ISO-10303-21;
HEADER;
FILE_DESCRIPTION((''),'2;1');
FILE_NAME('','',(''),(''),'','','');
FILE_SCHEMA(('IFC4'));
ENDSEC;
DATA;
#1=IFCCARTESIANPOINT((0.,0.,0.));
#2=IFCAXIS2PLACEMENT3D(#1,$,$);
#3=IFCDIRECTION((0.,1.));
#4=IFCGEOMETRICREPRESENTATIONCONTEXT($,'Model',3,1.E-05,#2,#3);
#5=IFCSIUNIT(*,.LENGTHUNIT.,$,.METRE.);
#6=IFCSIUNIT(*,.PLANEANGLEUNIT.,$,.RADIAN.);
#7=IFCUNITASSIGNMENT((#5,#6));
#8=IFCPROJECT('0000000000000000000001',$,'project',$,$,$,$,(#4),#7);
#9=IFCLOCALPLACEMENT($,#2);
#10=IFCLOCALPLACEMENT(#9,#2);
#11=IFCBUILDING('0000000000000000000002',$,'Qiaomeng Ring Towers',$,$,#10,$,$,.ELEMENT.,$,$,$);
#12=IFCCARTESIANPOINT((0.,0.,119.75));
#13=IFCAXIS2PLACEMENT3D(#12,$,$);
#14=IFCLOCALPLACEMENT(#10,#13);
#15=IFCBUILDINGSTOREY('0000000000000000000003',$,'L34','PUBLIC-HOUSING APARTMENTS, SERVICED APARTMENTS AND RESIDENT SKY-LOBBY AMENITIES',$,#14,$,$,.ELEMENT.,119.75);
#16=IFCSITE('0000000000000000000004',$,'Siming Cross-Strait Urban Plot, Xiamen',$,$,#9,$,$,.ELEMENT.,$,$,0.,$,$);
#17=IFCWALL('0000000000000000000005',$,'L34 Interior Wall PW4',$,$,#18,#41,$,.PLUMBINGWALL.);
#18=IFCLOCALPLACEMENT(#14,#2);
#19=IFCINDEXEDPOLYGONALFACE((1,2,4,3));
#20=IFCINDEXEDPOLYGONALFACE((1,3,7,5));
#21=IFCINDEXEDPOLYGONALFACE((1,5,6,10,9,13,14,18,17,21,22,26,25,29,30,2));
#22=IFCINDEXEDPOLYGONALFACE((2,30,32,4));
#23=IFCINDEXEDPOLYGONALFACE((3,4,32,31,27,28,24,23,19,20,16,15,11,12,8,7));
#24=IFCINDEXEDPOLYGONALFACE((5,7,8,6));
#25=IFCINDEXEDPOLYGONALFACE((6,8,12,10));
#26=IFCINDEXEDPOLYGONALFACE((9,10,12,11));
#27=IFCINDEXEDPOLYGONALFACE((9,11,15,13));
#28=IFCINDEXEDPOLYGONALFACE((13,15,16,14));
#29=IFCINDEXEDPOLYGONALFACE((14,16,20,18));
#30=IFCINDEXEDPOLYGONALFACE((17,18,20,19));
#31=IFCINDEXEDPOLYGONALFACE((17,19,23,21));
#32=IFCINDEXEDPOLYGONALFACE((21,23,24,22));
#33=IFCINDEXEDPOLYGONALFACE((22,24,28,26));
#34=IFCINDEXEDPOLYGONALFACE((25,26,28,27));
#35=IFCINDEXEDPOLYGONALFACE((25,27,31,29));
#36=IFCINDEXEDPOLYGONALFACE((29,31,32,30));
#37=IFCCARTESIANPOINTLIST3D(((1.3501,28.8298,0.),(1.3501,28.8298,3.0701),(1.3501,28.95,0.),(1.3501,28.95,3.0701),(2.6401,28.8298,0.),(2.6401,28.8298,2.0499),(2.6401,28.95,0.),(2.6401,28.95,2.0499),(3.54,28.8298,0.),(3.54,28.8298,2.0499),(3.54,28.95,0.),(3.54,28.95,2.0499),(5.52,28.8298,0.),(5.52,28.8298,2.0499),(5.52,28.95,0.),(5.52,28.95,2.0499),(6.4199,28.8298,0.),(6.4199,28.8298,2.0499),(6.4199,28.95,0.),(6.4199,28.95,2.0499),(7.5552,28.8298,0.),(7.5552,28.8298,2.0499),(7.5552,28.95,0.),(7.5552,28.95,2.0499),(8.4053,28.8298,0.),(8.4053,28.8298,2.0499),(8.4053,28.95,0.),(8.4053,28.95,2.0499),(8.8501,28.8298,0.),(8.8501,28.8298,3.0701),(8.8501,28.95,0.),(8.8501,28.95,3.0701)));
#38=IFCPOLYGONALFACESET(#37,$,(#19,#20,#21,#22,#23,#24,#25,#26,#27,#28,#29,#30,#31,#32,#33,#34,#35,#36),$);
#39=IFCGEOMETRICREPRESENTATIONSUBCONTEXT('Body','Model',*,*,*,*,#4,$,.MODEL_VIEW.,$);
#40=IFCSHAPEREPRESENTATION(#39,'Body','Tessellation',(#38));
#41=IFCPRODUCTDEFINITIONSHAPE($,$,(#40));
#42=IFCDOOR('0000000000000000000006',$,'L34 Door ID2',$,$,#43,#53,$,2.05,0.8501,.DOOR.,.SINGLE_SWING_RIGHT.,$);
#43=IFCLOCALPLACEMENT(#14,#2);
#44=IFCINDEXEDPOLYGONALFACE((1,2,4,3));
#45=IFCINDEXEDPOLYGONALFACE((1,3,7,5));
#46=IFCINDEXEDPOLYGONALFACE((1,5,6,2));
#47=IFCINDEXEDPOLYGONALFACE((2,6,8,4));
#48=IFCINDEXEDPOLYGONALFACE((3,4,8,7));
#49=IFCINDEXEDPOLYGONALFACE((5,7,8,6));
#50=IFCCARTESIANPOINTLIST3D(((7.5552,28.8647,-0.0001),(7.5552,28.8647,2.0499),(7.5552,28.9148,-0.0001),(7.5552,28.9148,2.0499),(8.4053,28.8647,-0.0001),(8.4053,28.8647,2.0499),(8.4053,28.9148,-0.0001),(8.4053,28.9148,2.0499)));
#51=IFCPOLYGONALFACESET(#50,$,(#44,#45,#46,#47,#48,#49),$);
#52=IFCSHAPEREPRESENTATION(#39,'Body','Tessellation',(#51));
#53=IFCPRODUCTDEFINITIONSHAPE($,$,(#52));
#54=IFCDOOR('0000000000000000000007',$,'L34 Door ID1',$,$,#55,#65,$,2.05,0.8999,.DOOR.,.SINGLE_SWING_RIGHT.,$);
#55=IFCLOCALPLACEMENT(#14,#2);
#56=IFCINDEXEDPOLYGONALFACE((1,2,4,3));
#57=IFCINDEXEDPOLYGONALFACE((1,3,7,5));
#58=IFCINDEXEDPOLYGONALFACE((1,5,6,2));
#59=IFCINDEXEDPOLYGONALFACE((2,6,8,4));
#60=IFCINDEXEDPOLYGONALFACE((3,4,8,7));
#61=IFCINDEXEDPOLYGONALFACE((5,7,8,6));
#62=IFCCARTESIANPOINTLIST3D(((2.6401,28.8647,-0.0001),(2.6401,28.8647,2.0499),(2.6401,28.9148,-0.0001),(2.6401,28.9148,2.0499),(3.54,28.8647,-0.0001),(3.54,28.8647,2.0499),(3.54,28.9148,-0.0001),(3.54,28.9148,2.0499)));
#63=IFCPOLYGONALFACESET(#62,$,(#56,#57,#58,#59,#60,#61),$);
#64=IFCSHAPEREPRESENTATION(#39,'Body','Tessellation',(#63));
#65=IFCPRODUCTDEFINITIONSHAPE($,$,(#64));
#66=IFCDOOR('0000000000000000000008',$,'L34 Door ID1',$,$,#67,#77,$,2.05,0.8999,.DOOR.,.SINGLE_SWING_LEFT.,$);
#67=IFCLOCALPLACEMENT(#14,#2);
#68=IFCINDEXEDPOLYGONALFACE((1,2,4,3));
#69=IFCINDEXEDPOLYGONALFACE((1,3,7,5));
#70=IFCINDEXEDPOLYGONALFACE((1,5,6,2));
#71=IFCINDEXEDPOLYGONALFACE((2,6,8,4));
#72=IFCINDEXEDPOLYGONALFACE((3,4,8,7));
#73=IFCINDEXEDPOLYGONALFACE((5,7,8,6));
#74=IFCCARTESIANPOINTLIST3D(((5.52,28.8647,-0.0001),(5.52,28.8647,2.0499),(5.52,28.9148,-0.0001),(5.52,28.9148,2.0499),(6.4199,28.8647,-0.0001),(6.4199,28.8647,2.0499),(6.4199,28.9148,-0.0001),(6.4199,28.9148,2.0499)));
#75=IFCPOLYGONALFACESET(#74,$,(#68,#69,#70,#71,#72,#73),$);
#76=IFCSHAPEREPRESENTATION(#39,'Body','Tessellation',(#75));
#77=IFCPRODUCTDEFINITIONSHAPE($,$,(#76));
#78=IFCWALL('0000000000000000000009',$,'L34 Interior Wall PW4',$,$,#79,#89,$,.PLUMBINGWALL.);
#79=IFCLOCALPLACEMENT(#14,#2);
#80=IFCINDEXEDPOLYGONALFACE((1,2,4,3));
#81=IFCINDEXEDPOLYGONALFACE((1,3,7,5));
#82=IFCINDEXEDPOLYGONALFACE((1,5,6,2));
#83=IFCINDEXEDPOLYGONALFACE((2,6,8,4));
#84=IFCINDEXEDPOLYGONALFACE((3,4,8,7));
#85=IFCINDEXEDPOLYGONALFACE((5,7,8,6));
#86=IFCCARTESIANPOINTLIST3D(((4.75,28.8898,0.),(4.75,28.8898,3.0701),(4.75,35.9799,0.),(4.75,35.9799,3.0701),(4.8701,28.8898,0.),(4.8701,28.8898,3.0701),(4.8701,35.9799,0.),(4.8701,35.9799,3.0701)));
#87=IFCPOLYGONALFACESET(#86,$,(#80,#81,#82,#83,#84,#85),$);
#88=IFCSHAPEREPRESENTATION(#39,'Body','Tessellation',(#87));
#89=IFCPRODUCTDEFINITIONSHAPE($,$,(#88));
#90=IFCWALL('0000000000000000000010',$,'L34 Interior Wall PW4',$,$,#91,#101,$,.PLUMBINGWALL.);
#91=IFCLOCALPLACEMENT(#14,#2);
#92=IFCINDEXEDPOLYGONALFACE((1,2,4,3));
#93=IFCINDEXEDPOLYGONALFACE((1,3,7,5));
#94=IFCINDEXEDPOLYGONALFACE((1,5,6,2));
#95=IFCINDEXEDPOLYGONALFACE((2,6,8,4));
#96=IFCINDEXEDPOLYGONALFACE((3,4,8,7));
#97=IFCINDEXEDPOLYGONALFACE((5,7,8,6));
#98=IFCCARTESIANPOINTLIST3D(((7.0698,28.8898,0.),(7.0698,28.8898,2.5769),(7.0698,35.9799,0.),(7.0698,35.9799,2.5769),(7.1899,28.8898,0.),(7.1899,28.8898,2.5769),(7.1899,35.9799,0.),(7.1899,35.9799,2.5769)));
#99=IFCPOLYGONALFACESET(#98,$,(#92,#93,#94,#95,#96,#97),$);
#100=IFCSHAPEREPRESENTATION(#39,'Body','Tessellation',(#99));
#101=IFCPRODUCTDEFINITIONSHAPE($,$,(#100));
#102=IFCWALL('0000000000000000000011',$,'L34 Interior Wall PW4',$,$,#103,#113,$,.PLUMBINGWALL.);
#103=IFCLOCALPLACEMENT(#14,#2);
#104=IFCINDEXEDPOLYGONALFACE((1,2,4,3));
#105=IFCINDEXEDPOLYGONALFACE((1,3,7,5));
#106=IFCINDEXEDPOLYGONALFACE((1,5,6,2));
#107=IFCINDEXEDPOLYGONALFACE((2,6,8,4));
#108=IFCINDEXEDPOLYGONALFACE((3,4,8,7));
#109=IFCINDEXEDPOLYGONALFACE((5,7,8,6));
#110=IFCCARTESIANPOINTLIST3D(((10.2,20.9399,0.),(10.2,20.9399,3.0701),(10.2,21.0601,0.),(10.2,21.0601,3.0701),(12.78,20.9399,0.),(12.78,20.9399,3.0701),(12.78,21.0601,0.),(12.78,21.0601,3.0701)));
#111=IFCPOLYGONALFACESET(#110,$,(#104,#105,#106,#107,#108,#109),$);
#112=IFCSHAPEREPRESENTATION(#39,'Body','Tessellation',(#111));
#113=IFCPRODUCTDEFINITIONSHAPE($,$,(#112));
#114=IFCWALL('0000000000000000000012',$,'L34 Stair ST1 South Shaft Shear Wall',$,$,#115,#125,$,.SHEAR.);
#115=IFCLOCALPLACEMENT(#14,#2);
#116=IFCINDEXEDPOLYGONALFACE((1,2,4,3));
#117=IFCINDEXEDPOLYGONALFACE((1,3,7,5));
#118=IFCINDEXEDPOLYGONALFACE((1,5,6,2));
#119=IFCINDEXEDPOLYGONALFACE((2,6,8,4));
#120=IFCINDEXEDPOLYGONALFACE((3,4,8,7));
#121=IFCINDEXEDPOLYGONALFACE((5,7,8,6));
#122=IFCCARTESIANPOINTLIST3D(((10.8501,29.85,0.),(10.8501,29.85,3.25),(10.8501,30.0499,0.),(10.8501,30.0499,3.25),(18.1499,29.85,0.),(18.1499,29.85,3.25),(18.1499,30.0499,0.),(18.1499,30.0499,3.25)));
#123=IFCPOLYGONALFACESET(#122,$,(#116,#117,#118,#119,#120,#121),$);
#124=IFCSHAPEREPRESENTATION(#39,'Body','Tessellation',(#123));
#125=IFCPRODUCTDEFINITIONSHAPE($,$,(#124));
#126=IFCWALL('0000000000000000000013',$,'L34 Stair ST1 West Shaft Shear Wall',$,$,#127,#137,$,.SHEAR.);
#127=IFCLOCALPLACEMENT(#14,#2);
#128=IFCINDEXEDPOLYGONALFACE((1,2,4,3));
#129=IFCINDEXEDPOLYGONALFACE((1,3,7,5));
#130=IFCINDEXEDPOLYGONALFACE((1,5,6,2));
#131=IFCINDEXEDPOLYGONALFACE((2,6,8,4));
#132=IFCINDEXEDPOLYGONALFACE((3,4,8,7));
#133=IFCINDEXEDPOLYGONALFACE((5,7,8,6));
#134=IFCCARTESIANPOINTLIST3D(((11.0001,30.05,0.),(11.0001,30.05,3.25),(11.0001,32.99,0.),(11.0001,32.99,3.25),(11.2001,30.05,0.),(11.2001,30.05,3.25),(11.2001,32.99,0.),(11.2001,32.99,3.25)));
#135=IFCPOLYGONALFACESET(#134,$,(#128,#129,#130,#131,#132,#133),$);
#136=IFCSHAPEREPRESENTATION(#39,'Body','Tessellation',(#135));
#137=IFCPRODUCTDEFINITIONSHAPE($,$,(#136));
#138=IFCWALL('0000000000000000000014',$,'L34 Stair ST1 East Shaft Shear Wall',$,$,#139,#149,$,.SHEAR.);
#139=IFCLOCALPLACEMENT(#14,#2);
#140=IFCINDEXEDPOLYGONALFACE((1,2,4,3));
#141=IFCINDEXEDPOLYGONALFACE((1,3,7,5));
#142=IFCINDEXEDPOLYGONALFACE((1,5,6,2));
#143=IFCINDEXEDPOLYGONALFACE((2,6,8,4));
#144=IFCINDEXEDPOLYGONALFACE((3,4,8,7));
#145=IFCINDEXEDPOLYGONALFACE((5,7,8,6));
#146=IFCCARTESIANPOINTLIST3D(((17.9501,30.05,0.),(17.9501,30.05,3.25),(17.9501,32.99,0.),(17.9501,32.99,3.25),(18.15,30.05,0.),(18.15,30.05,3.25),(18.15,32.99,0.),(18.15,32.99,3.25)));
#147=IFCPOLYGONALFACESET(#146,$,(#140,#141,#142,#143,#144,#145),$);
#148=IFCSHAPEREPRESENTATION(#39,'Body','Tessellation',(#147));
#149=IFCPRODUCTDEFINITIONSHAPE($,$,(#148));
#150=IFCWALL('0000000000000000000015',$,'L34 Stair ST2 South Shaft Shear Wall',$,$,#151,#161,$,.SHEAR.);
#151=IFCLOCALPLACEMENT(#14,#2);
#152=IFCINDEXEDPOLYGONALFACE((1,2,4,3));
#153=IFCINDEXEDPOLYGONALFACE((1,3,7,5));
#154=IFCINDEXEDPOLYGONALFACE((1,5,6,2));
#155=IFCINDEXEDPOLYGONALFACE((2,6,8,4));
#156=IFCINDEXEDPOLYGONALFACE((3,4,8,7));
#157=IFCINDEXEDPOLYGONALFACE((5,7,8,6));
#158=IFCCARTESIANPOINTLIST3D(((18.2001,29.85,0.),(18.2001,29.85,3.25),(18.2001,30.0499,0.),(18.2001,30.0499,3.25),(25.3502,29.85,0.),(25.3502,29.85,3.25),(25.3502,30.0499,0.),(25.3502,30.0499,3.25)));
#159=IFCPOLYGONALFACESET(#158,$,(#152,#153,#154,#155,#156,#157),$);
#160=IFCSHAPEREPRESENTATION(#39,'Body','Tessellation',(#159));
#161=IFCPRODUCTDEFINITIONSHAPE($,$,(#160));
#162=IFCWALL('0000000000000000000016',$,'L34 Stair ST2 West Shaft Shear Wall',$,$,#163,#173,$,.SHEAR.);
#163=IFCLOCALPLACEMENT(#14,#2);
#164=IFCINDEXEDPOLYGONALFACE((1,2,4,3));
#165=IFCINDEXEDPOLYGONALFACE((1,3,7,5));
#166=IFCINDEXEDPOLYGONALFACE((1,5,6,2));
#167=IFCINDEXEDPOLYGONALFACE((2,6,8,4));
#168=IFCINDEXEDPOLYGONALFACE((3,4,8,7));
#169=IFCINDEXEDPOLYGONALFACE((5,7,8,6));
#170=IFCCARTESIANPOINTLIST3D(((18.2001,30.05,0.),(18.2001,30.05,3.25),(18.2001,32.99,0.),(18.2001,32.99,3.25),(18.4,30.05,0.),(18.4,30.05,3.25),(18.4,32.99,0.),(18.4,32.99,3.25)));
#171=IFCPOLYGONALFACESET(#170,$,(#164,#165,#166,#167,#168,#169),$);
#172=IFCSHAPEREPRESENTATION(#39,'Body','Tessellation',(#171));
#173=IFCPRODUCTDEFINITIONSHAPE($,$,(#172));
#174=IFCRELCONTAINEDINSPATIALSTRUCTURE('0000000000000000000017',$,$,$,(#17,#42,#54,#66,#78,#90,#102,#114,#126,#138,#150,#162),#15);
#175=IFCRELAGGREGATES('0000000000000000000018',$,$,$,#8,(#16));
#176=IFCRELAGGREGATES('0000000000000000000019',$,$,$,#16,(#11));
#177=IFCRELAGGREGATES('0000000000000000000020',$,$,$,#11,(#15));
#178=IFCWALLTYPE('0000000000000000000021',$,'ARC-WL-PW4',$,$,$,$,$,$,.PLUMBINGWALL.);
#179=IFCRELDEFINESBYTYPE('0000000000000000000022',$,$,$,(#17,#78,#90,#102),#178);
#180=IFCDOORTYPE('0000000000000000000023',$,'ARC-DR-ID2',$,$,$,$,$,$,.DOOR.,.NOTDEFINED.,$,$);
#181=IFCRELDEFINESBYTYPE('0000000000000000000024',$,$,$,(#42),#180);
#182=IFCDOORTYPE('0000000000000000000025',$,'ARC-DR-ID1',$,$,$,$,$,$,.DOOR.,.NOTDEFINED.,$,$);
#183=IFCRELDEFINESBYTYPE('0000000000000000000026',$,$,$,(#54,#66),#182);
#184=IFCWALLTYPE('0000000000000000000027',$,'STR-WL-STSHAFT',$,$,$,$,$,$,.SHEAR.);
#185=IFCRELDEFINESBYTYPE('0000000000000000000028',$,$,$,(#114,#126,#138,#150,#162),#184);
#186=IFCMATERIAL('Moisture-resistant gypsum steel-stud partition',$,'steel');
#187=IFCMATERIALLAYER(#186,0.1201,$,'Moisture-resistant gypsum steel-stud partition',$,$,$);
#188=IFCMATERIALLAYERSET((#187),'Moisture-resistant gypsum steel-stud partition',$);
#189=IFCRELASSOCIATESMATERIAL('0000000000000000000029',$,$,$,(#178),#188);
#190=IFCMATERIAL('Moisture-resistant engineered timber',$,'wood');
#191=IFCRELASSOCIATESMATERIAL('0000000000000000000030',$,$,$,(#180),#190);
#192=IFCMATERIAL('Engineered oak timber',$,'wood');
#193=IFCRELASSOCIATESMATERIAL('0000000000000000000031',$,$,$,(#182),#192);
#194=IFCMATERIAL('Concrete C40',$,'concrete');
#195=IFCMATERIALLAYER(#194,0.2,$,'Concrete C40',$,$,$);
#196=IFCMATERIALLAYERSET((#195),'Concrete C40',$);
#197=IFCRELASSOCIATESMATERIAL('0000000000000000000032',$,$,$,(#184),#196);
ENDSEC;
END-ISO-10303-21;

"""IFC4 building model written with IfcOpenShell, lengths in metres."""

from ifc_helpers import new_model, si_unit, direction, frame, frame_2d, origin, place, context, subcontext, project, spatial, rectangle, extrude, source, transform, mapped, material, layer, layer_set, type_object, element, fill, save


model = new_model("IFC4")

# Units and contexts
model_context = context("Model", 3, precision=1e-05, world=origin(), true_north=direction((0.0, 1.0)))
body_context = subcontext(model_context, "Body", "Model", "MODEL_VIEW")
ifc_project = project(units=[si_unit("LENGTHUNIT", "METRE"), si_unit("PLANEANGLEUNIT", "RADIAN")], contexts=[model_context])

# Site, building, storey
site_placement = place(None, origin())
site = spatial("IfcSite", under=ifc_project, at=site_placement, Name="Siming Cross-Strait Urban Plot, Xiamen", CompositionType="ELEMENT", RefElevation=0.0)
building_placement = place(site_placement, origin())
building = spatial("IfcBuilding", under=site, at=building_placement, Name="Qiaomeng Ring Towers", CompositionType="ELEMENT")
storey_placement = place(building_placement, frame((0.0, 0.0, 119.75)))
storey = spatial("IfcBuildingStorey", under=building, at=storey_placement, Name="L34", Description="PUBLIC-HOUSING APARTMENTS, SERVICED APARTMENTS AND RESIDENT SKY-LOBBY AMENITIES", CompositionType="ELEMENT", Elevation=119.75)

# Wall, openings, doors
ifc_material_1 = material(Name="Moisture-resistant gypsum steel-stud partition", Category="steel")
ifc_layer_1 = layer(ifc_material_1, 0.1201, Name="Moisture-resistant gypsum steel-stud partition")
ifc_layer_set_1 = layer_set([ifc_layer_1], Name="Moisture-resistant gypsum steel-stud partition")
wall_type_1 = type_object("IfcWallType", Name="ARC-WL-PW4", PredefinedType="PLUMBINGWALL", material=ifc_layer_set_1)
wall_1_placement = place(storey_placement, frame((1.3501, 28.8899, 0.0), z_axis=(0.0, 0.0, 1.0), x_axis=(1.0, 0.0, 0.0)))
wall_1 = element("IfcWall", 1, at=wall_1_placement, inside=storey, type_object=wall_type_1, Name="L34 Interior Wall PW4", PredefinedType="PLUMBINGWALL", context=body_context, shape_type="SweptSolid", body=[
    extrude(rectangle(XDim=7.5, YDim=0.1201, at=frame_2d((3.75, 0.0))), origin(), (0.0, 0.0, 1.0), 3.0701),
])
opening_1_placement = place(wall_1_placement, frame((1.29, 0.0, 0.0)))
opening_1 = element("IfcOpeningElement", 2, at=opening_1_placement, cuts=wall_1, PredefinedType="OPENING", context=body_context, shape_type="SweptSolid", body=[
    extrude(rectangle(XDim=0.8999, YDim=2.05, at=frame_2d((0.45, 1.0249))), frame((0.0, 0.0701, 0.0), z_axis=(0.0, -1.0, 0.0), x_axis=(1.0, 0.0, 0.0)), (0.0, 0.0, 1.0), 0.1401),
])
opening_2_placement = place(wall_1_placement, frame((4.1699, 0.0, 0.0)))
opening_2 = element("IfcOpeningElement", 3, at=opening_2_placement, cuts=wall_1, PredefinedType="OPENING", context=body_context, shape_type="SweptSolid", body=[
    extrude(rectangle(XDim=0.8999, YDim=2.05, at=frame_2d((0.45, 1.0249))), frame((0.0, 0.0701, 0.0), z_axis=(0.0, -1.0, 0.0), x_axis=(1.0, 0.0, 0.0)), (0.0, 0.0, 1.0), 0.1401),
])
opening_3_placement = place(wall_1_placement, frame((6.2051, 0.0, 0.0)))
opening_3 = element("IfcOpeningElement", 4, at=opening_3_placement, cuts=wall_1, PredefinedType="OPENING", context=body_context, shape_type="SweptSolid", body=[
    extrude(rectangle(XDim=0.8501, YDim=2.05, at=frame_2d((0.425, 1.0249))), frame((0.0, 0.0701, 0.0), z_axis=(0.0, -1.0, 0.0), x_axis=(1.0, 0.0, 0.0)), (0.0, 0.0, 1.0), 0.1401),
])
ifc_material_2 = material(Name="Moisture-resistant engineered timber", Category="wood")
door_type_1 = type_object("IfcDoorType", Name="ARC-DR-ID2", OperationType="NOTDEFINED", PredefinedType="DOOR", material=ifc_material_2)
shared_shape_1 = source(origin(), body_context, "Body", "SweptSolid", [
    extrude(rectangle(XDim=0.8501, YDim=2.05, at=frame_2d((0.425, 1.0249))), frame((0.0, 0.0249, 0.0), z_axis=(0.0, -1.0, 0.0), x_axis=(1.0, 0.0, 0.0)), (0.0, 0.0, 1.0), 0.05),
])
door_1_placement = place(opening_3_placement, origin())
door_1 = element("IfcDoor", 5, at=door_1_placement, inside=storey, type_object=door_type_1, Name="L34 Door ID2", OperationType="SINGLE_SWING_RIGHT", OverallHeight=2.05, OverallWidth=0.8501, PredefinedType="DOOR", context=body_context, shape_type="MappedRepresentation", body=[
    mapped(shared_shape_1, transform((0.0, 0.0, 0.0), x_axis=(1.0, 0.0, 0.0), y_axis=(0.0, 1.0, 0.0), z_axis=(0.0, 0.0, 1.0), scale=1.0)),
])
fill(opening_3, door_1)
ifc_material_3 = material(Name="Engineered oak timber", Category="wood")
door_type_2 = type_object("IfcDoorType", Name="ARC-DR-ID1", OperationType="NOTDEFINED", PredefinedType="DOOR", material=ifc_material_3)
shared_shape_2 = source(origin(), body_context, "Body", "SweptSolid", [
    extrude(rectangle(XDim=0.8999, YDim=2.05, at=frame_2d((0.45, 1.0249))), frame((0.0, 0.0249, 0.0), z_axis=(0.0, -1.0, 0.0), x_axis=(1.0, 0.0, 0.0)), (0.0, 0.0, 1.0), 0.05),
])
door_2_placement = place(opening_1_placement, origin())
door_2 = element("IfcDoor", 6, at=door_2_placement, inside=storey, type_object=door_type_2, Name="L34 Door ID1", OperationType="SINGLE_SWING_RIGHT", OverallHeight=2.05, OverallWidth=0.8999, PredefinedType="DOOR", context=body_context, shape_type="MappedRepresentation", body=[
    mapped(shared_shape_2, transform((0.0, 0.0, 0.0), x_axis=(1.0, 0.0, 0.0), y_axis=(0.0, 1.0, 0.0), z_axis=(0.0, 0.0, 1.0), scale=1.0)),
])
fill(opening_1, door_2)
door_3_placement = place(opening_2_placement, origin())
door_3 = element("IfcDoor", 7, at=door_3_placement, inside=storey, type_object=door_type_2, Name="L34 Door ID1", OperationType="SINGLE_SWING_LEFT", OverallHeight=2.05, OverallWidth=0.8999, PredefinedType="DOOR", context=body_context, shape_type="MappedRepresentation", body=[
    mapped(shared_shape_2, transform((0.0, 0.0, 0.0), x_axis=(1.0, 0.0, 0.0), y_axis=(0.0, 1.0, 0.0), z_axis=(0.0, 0.0, 1.0), scale=1.0)),
])
fill(opening_2, door_3)

# Walls
wall_2_placement = place(storey_placement, frame((4.8101, 28.8899, 0.0), z_axis=(0.0, 0.0, 1.0), x_axis=(0.0, 1.0, 0.0)))
element("IfcWall", 8, at=wall_2_placement, inside=storey, type_object=wall_type_1, Name="L34 Interior Wall PW4", PredefinedType="PLUMBINGWALL", context=body_context, shape_type="SweptSolid", body=[
    extrude(rectangle(XDim=7.0901, YDim=0.1201, at=frame_2d((3.5449, 0.0))), origin(), (0.0, 0.0, 1.0), 3.0701),
])
wall_3_placement = place(storey_placement, frame((7.1299, 28.8899, 0.0), z_axis=(0.0, 0.0, 1.0), x_axis=(0.0, 1.0, 0.0)))
element("IfcWall", 9, at=wall_3_placement, inside=storey, type_object=wall_type_1, Name="L34 Interior Wall PW4", PredefinedType="PLUMBINGWALL", context=body_context, shape_type="SweptSolid", body=[
    extrude(rectangle(XDim=7.0901, YDim=0.1201, at=frame_2d((3.5449, 0.0))), origin(), (0.0, 0.0, 1.0), 2.5769),
])
wall_4_placement = place(storey_placement, frame((10.2, 21.0, 0.0), z_axis=(0.0, 0.0, 1.0), x_axis=(1.0, 0.0, 0.0)))
element("IfcWall", 10, at=wall_4_placement, inside=storey, type_object=wall_type_1, Name="L34 Interior Wall PW4", PredefinedType="PLUMBINGWALL", context=body_context, shape_type="SweptSolid", body=[
    extrude(rectangle(XDim=2.5801, YDim=0.1201, at=frame_2d((1.29, 0.0))), origin(), (0.0, 0.0, 1.0), 3.0701),
])
ifc_material_4 = material(Name="Concrete C40", Category="concrete")
ifc_layer_2 = layer(ifc_material_4, 0.2, Name="Concrete C40")
ifc_layer_set_2 = layer_set([ifc_layer_2], Name="Concrete C40")
wall_type_2 = type_object("IfcWallType", Name="STR-WL-STSHAFT", PredefinedType="SHEAR", material=ifc_layer_set_2)
wall_5_placement = place(storey_placement, frame((10.8501, 29.95, 0.0), z_axis=(0.0, 0.0, 1.0), x_axis=(1.0, 0.0, 0.0)))
element("IfcWall", 11, at=wall_5_placement, inside=storey, type_object=wall_type_2, Name="L34 Stair ST1 South Shaft Shear Wall", PredefinedType="SHEAR", context=body_context, shape_type="SweptSolid", body=[
    extrude(rectangle(XDim=7.2998, YDim=0.2, at=frame_2d((3.6499, 0.0))), origin(), (0.0, 0.0, 1.0), 3.25),
])
for number, where, z_axis, x_axis, name in (
    (12, (11.1001, 30.05, 0.0), (0.0, 0.0, 1.0), (0.0, 1.0, 0.0), "L34 Stair ST1 West Shaft Shear Wall"),
    (13, (18.05, 30.05, 0.0), (0.0, 0.0, 1.0), (0.0, 1.0, 0.0), "L34 Stair ST1 East Shaft Shear Wall"),
):
    element("IfcWall", number, at=place(storey_placement, frame(where, z_axis=z_axis, x_axis=x_axis)), inside=storey, type_object=wall_type_2, Name=name, PredefinedType="SHEAR", context=body_context, shape_type="SweptSolid", body=[
        extrude(rectangle(XDim=2.9399, YDim=0.2, at=frame_2d((1.47, 0.0))), origin(), (0.0, 0.0, 1.0), 3.25),
    ])
wall_6_placement = place(storey_placement, frame((18.2, 29.95, 0.0), z_axis=(0.0, 0.0, 1.0), x_axis=(1.0, 0.0, 0.0)))
element("IfcWall", 14, at=wall_6_placement, inside=storey, type_object=wall_type_2, Name="L34 Stair ST2 South Shaft Shear Wall", PredefinedType="SHEAR", context=body_context, shape_type="SweptSolid", body=[
    extrude(rectangle(XDim=7.1501, YDim=0.2, at=frame_2d((3.5752, 0.0))), origin(), (0.0, 0.0, 1.0), 3.25),
])
wall_7_placement = place(storey_placement, frame((18.3, 30.05, 0.0), z_axis=(0.0, 0.0, 1.0), x_axis=(0.0, 1.0, 0.0)))
element("IfcWall", 15, at=wall_7_placement, inside=storey, type_object=wall_type_2, Name="L34 Stair ST2 West Shaft Shear Wall", PredefinedType="SHEAR", context=body_context, shape_type="SweptSolid", body=[
    extrude(rectangle(XDim=2.9399, YDim=0.2, at=frame_2d((1.47, 0.0))), origin(), (0.0, 0.0, 1.0), 3.25),
])

save(model, "model.ifc")
